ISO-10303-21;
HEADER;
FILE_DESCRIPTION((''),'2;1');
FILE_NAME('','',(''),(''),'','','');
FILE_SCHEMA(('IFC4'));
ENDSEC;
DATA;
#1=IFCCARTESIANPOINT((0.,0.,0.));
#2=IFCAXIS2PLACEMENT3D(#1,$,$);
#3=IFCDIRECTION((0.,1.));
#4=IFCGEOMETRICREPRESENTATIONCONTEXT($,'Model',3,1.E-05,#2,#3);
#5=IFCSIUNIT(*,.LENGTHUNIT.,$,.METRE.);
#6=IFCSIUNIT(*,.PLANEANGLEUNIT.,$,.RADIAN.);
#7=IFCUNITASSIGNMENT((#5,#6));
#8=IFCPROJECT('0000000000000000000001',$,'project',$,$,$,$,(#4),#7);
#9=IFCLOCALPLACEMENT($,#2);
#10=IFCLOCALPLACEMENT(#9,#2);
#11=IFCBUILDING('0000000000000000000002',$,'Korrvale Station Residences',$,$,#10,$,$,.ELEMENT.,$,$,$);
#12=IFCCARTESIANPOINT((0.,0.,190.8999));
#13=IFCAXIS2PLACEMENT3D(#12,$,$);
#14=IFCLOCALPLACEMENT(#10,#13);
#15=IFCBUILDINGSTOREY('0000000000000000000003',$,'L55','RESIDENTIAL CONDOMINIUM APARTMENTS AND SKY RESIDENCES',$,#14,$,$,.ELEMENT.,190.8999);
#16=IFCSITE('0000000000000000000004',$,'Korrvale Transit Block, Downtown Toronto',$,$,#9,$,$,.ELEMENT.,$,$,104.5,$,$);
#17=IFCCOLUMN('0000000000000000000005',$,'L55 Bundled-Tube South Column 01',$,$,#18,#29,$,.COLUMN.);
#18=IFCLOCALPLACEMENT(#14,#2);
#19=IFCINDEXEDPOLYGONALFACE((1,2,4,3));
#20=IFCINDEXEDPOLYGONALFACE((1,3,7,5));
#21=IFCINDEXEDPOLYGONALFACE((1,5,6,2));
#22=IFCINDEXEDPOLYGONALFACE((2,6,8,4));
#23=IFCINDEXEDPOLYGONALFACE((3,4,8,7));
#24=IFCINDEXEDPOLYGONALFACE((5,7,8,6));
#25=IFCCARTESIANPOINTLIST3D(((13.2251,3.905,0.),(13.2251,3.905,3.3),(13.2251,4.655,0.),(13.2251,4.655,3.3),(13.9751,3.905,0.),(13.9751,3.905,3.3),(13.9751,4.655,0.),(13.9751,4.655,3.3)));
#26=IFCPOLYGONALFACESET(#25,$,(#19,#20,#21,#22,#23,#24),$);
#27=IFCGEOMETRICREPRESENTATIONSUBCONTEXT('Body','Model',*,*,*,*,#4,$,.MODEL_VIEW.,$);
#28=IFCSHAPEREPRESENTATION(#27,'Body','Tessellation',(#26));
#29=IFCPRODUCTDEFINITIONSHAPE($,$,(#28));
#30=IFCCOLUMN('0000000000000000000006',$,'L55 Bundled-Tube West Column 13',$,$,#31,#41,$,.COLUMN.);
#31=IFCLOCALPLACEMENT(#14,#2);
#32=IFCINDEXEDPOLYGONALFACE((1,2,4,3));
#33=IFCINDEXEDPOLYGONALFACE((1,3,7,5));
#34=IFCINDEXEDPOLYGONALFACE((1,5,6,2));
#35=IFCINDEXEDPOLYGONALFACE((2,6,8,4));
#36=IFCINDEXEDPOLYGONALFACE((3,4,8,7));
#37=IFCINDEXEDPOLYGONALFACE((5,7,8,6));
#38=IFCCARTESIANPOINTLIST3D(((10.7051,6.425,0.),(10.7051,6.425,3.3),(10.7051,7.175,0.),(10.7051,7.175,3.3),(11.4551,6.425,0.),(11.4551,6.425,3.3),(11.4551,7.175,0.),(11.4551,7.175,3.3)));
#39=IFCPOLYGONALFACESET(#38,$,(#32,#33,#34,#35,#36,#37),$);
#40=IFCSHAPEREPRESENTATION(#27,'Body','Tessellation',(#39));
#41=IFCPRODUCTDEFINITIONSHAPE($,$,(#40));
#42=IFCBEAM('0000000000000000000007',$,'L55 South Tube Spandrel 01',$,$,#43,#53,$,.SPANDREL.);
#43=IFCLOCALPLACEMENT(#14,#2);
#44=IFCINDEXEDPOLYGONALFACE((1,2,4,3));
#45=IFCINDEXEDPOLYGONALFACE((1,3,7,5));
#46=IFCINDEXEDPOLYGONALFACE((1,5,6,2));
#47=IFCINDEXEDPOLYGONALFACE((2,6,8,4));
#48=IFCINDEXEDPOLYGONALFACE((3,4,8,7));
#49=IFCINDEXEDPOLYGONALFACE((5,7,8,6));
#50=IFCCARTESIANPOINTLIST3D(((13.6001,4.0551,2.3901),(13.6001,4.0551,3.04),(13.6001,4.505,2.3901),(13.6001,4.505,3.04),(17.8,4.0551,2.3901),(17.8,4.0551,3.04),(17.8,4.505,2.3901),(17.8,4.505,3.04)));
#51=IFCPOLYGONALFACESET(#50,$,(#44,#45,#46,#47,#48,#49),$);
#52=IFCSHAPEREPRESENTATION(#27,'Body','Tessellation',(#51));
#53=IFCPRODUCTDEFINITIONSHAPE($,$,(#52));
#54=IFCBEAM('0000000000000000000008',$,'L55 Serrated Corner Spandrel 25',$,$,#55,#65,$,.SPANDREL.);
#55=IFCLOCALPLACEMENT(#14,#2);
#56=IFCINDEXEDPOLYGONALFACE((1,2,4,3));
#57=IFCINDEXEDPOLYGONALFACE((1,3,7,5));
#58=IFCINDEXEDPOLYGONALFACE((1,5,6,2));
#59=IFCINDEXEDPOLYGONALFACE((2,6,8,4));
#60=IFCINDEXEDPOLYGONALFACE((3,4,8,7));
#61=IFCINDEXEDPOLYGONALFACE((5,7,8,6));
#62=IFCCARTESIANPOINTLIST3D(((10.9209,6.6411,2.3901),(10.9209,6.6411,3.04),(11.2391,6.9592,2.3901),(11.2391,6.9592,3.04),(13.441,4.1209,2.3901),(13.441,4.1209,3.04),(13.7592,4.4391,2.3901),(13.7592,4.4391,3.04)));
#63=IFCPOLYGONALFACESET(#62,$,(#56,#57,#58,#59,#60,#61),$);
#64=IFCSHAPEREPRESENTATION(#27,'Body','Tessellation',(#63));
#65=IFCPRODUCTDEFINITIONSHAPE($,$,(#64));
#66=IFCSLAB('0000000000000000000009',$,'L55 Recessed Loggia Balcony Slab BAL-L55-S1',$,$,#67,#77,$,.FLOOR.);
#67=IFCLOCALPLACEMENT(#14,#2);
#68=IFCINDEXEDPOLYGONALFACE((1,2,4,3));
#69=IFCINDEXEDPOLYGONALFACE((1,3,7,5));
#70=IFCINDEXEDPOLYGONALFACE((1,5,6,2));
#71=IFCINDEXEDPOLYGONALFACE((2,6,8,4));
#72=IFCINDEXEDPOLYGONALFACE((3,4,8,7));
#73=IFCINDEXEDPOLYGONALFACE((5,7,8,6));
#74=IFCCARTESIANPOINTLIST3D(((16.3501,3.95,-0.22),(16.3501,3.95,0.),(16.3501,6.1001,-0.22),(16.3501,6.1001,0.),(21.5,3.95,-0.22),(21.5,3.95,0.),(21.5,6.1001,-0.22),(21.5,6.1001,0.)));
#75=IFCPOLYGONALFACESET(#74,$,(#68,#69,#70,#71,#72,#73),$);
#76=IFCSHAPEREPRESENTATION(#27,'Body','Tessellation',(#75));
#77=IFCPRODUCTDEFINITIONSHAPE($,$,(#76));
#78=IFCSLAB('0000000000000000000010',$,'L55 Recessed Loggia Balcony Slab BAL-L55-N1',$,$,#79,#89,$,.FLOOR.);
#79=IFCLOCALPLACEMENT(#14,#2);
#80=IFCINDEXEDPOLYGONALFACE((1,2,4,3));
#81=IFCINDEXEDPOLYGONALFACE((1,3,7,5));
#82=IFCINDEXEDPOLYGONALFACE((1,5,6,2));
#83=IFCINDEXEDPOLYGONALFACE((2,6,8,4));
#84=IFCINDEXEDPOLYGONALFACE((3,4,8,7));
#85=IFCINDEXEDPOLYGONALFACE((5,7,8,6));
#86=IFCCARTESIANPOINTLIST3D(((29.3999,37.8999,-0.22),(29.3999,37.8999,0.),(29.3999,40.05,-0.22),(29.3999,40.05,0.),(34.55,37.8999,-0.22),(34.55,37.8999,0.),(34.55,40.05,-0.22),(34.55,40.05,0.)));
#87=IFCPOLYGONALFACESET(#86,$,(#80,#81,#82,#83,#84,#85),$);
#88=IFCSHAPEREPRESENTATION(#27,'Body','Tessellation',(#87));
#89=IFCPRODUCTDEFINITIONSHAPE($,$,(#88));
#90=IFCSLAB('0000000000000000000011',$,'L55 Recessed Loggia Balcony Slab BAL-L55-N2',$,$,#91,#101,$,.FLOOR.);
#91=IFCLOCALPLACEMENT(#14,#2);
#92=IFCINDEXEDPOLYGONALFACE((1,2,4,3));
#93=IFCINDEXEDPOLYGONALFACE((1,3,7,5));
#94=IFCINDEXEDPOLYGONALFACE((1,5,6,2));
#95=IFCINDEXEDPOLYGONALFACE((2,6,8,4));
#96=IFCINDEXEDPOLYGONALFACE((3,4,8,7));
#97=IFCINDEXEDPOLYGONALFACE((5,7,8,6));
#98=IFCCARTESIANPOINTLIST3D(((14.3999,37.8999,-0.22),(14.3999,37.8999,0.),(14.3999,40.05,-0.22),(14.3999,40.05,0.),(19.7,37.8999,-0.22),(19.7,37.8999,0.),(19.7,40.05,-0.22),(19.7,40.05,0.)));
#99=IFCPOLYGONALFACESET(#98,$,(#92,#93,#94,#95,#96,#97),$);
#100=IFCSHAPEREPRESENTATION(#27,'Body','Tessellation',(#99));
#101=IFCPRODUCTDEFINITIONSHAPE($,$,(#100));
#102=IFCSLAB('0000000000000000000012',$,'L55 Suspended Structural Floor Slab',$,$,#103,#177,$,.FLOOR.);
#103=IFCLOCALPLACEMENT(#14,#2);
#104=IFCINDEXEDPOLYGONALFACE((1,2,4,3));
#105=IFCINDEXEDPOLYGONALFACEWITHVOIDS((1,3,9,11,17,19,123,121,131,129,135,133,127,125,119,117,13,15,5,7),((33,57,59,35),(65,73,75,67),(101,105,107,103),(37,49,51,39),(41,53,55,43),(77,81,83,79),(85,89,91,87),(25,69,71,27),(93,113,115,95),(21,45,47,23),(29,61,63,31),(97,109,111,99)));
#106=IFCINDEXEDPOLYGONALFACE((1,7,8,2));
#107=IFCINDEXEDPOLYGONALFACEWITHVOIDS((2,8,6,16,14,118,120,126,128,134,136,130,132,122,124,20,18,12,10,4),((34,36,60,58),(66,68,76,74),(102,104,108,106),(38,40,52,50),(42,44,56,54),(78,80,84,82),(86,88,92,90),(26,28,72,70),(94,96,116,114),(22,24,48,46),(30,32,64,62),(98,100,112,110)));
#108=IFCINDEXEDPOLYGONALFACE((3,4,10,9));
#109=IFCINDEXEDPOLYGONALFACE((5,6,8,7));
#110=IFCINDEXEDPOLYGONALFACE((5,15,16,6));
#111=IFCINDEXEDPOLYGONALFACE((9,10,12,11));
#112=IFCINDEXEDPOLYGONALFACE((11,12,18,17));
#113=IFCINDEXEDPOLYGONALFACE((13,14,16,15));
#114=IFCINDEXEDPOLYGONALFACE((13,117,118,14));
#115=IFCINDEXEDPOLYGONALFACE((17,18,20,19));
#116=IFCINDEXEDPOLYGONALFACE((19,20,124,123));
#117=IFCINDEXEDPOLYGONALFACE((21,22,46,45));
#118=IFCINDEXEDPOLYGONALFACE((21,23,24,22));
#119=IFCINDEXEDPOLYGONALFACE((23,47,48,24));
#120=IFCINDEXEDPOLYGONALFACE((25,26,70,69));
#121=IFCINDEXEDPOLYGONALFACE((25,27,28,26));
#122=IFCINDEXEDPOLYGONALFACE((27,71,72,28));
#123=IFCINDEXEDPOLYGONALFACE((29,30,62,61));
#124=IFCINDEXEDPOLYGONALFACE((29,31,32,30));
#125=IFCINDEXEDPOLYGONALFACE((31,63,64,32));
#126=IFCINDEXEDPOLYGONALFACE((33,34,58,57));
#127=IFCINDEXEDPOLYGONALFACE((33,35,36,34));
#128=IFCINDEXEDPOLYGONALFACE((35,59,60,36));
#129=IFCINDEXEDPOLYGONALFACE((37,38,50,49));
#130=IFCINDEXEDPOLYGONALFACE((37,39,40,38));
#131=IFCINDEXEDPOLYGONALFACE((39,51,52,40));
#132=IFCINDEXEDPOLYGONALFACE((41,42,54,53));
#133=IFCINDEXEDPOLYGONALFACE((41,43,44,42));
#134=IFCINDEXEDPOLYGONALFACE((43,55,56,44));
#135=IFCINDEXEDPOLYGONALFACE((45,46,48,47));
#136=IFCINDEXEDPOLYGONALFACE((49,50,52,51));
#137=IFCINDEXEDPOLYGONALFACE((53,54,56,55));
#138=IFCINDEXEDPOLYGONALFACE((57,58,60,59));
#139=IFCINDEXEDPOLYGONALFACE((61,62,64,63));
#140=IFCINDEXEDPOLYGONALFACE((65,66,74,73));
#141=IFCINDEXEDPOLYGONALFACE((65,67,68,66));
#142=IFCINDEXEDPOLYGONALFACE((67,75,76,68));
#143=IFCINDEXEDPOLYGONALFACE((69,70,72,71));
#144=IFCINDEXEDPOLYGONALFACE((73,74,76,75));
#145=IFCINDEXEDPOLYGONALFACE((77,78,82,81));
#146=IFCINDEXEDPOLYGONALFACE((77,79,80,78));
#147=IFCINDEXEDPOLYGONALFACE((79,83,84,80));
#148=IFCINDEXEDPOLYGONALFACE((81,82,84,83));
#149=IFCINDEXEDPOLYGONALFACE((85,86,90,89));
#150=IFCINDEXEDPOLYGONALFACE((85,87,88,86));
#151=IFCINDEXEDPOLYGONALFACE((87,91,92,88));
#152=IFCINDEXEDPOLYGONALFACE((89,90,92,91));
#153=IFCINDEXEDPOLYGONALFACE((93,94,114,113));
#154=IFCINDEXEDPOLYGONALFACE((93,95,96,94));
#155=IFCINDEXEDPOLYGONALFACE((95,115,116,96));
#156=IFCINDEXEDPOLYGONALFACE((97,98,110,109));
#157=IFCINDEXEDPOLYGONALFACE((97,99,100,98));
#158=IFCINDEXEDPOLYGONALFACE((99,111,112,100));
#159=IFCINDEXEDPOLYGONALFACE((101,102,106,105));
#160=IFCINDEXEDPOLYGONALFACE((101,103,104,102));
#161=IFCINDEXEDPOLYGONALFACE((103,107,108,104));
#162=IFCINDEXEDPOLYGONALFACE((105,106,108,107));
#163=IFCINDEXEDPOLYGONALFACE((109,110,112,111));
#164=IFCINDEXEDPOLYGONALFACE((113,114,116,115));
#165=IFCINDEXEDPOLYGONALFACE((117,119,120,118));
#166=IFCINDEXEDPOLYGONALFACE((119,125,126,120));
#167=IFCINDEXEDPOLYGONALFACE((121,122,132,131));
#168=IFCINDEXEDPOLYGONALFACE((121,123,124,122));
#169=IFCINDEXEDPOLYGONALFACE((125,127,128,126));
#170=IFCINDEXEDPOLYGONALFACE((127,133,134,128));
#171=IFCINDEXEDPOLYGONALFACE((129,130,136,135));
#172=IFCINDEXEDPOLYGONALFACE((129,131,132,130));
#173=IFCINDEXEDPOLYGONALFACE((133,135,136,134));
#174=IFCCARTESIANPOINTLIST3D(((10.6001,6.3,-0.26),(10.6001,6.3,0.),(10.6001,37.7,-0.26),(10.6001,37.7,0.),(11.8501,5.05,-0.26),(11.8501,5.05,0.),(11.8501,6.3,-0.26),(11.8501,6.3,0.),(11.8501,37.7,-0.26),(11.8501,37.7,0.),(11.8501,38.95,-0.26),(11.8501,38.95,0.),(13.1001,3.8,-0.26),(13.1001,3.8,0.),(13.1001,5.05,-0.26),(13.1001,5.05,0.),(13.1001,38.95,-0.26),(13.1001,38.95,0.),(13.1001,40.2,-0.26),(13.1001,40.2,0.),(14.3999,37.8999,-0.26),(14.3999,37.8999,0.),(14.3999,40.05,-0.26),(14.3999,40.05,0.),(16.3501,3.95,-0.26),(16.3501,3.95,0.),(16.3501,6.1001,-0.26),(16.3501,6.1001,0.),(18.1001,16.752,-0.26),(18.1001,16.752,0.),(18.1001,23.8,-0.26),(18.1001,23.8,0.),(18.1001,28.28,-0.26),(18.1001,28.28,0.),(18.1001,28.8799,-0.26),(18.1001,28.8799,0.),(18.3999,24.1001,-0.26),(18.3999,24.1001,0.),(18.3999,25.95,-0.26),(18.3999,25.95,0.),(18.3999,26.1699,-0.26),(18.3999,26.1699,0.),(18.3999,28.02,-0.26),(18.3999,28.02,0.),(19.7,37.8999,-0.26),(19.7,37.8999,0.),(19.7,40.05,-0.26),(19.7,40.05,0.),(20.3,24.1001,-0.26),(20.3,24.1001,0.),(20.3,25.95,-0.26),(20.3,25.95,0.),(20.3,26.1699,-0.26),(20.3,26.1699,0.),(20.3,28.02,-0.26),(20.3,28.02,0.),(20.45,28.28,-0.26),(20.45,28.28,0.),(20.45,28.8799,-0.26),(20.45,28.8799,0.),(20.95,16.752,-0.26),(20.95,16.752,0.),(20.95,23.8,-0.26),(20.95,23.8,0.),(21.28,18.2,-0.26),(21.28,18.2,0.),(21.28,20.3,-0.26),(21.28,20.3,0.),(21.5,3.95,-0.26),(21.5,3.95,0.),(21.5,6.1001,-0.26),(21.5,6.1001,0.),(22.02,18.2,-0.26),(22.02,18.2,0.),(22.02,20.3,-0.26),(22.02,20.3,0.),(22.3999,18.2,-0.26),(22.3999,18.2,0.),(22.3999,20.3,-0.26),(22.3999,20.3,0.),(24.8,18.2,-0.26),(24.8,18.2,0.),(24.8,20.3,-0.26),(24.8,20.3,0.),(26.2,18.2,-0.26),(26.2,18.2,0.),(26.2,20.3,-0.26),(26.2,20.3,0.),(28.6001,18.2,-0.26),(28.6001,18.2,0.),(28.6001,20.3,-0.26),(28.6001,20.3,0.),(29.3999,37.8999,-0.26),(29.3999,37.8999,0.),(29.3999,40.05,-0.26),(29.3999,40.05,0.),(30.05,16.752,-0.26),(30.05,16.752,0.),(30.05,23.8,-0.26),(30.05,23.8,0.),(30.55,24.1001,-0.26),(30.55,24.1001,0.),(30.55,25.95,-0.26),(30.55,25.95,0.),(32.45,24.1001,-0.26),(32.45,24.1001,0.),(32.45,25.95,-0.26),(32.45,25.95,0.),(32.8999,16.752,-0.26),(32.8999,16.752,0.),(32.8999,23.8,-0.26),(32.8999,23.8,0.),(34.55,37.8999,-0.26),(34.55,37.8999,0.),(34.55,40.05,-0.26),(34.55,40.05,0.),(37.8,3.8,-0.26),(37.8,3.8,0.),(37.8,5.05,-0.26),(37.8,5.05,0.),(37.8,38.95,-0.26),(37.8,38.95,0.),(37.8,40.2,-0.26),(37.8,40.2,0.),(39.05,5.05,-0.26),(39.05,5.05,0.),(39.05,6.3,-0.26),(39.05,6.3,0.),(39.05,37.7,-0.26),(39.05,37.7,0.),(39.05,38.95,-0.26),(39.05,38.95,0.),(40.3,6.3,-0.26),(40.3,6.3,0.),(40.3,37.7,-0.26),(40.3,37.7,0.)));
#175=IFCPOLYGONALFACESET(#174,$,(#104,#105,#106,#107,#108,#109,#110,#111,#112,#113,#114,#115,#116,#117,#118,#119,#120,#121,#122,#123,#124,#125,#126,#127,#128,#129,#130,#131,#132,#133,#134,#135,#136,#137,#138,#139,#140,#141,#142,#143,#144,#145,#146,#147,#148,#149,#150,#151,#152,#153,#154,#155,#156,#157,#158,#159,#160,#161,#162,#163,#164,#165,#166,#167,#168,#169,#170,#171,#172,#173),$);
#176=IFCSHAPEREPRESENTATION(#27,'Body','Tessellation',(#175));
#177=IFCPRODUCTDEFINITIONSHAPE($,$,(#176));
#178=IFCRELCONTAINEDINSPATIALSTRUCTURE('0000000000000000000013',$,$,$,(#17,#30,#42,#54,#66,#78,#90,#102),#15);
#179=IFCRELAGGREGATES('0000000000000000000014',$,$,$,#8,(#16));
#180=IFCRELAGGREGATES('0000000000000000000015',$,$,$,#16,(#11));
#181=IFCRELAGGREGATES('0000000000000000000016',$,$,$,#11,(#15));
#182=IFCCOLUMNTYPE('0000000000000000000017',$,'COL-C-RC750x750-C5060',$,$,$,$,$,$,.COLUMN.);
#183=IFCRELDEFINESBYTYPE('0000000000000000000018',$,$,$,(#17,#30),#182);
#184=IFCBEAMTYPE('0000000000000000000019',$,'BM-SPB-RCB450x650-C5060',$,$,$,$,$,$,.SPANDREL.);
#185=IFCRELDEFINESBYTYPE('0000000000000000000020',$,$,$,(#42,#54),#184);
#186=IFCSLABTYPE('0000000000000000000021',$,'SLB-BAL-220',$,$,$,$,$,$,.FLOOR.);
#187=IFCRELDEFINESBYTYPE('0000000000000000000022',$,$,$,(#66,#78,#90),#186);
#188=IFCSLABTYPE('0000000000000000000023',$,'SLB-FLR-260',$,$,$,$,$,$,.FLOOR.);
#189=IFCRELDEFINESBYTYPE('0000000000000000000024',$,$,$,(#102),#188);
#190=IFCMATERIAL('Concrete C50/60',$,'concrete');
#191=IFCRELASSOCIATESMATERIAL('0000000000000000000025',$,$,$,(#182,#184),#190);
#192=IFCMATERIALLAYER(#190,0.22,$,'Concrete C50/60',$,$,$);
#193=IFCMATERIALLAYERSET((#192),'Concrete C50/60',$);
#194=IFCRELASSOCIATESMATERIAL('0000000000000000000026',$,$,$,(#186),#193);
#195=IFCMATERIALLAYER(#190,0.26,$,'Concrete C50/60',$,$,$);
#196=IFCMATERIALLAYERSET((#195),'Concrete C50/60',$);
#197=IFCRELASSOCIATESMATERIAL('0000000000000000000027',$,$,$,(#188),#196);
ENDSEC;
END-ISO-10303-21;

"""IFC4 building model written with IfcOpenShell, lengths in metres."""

from ifc_helpers import new_model, si_unit, direction, frame, origin, origin_2d, place, context, subcontext, project, spatial, polyline, rectangle, outline, extrude, material, layer, layer_set, material_profile, profile_set, type_object, element, save


model = new_model("IFC4")

# Units and contexts
model_context = context("Model", 3, precision=1e-05, world=origin(), true_north=direction((0.0, 1.0)))
body_context = subcontext(model_context, "Body", "Model", "MODEL_VIEW")
ifc_project = project(units=[si_unit("LENGTHUNIT", "METRE"), si_unit("PLANEANGLEUNIT", "RADIAN")], contexts=[model_context])

# Site, building, storey
site_placement = place(None, origin())
site = spatial("IfcSite", under=ifc_project, at=site_placement, Name="Korrvale Transit Block, Downtown Toronto", CompositionType="ELEMENT", RefElevation=104.5)
building_placement = place(site_placement, origin())
building = spatial("IfcBuilding", under=site, at=building_placement, Name="Korrvale Station Residences", CompositionType="ELEMENT")
storey_placement = place(building_placement, frame((0.0, 0.0, 190.8999)))
storey = spatial("IfcBuildingStorey", under=building, at=storey_placement, Name="L55", Description="RESIDENTIAL CONDOMINIUM APARTMENTS AND SKY RESIDENCES", CompositionType="ELEMENT", Elevation=190.8999)

# Columns
ifc_material_1 = material(Name="Concrete C50/60", Category="concrete")
ifc_material_profile_1 = material_profile(ifc_material_1, rectangle(XDim=0.75, YDim=0.75, at=origin_2d()), Name="RC750x750")
ifc_profile_set_1 = profile_set([ifc_material_profile_1], Name="Concrete C50/60")
column_type = type_object("IfcColumnType", Name="COL-C-RC750x750-C5060", PredefinedType="COLUMN", material=ifc_profile_set_1)
for number, where, z_axis, x_axis, name in (
    (1, (13.6001, 4.28, 0.0), (0.0, 0.0, 1.0), (1.0, 0.0, 0.0), "L55 Bundled-Tube South Column 01"),
    (2, (11.0801, 6.8, 0.0), (0.0, 0.0, 1.0), (1.0, 0.0, 0.0), "L55 Bundled-Tube West Column 13"),
):
    element("IfcColumn", number, at=place(storey_placement, frame(where, z_axis=z_axis, x_axis=x_axis)), inside=storey, type_object=column_type, Name=name, PredefinedType="COLUMN", context=body_context, shape_type="SweptSolid", body=[
        extrude(rectangle(XDim=0.75, YDim=0.75, at=origin_2d()), origin(), (0.0, 0.0, 1.0), 3.3),
    ])

# Beams
ifc_material_profile_2 = material_profile(ifc_material_1, rectangle(XDim=0.45, YDim=0.6499, at=origin_2d()), Name="RCB450x650")
ifc_profile_set_2 = profile_set([ifc_material_profile_2], Name="Concrete C50/60")
beam_type = type_object("IfcBeamType", Name="BM-SPB-RCB450x650-C5060", PredefinedType="SPANDREL", material=ifc_profile_set_2)
beam_1_placement = place(storey_placement, frame((13.6001, 4.28, 2.7151), z_axis=(1.0, 0.0, 0.0), x_axis=(0.0, 1.0, 0.0)))
element("IfcBeam", 3, at=beam_1_placement, inside=storey, type_object=beam_type, Name="L55 South Tube Spandrel 01", PredefinedType="SPANDREL", context=body_context, shape_type="SweptSolid", body=[
    extrude(rectangle(XDim=0.45, YDim=0.6499, at=origin_2d()), origin(), (0.0, 0.0, 1.0), 4.2),
])
beam_2_placement = place(storey_placement, frame((13.6001, 4.28, 2.7151), z_axis=(-0.707107, 0.707107, 0.0), x_axis=(-0.707107, -0.707107, 0.0)))
element("IfcBeam", 4, at=beam_2_placement, inside=storey, type_object=beam_type, Name="L55 Serrated Corner Spandrel 25", PredefinedType="SPANDREL", context=body_context, shape_type="SweptSolid", body=[
    extrude(rectangle(XDim=0.45, YDim=0.6499, at=origin_2d()), origin(), (0.0, 0.0, 1.0), 3.564),
])

# Slabs
ifc_layer_1 = layer(ifc_material_1, 0.22, Name="Concrete C50/60")
ifc_layer_set_1 = layer_set([ifc_layer_1], Name="Concrete C50/60")
slab_type_1 = type_object("IfcSlabType", Name="SLB-BAL-220", PredefinedType="FLOOR", material=ifc_layer_set_1)
slab_1_placement = place(storey_placement, frame((0.0, 0.0, -0.22)))
element("IfcSlab", 5, at=slab_1_placement, inside=storey, type_object=slab_type_1, Name="L55 Recessed Loggia Balcony Slab BAL-L55-S1", PredefinedType="FLOOR", context=body_context, shape_type="SweptSolid", body=[
    extrude(outline(polyline([(16.3501, 3.95), (21.5, 3.95), (21.5, 6.1001), (16.3501, 6.1001), (16.3501, 3.95)])), origin(), (0.0, 0.0, 1.0), 0.22),
])
slab_2_placement = place(storey_placement, frame((0.0, 0.0, -0.22)))
element("IfcSlab", 6, at=slab_2_placement, inside=storey, type_object=slab_type_1, Name="L55 Recessed Loggia Balcony Slab BAL-L55-N1", PredefinedType="FLOOR", context=body_context, shape_type="SweptSolid", body=[
    extrude(outline(polyline([(29.3999, 37.8999), (34.55, 37.8999), (34.55, 40.05), (29.3999, 40.05), (29.3999, 37.8999)])), origin(), (0.0, 0.0, 1.0), 0.22),
])
slab_3_placement = place(storey_placement, frame((0.0, 0.0, -0.22)))
element("IfcSlab", 7, at=slab_3_placement, inside=storey, type_object=slab_type_1, Name="L55 Recessed Loggia Balcony Slab BAL-L55-N2", PredefinedType="FLOOR", context=body_context, shape_type="SweptSolid", body=[
    extrude(outline(polyline([(14.3999, 37.8999), (19.7, 37.8999), (19.7, 40.05), (14.3999, 40.05), (14.3999, 37.8999)])), origin(), (0.0, 0.0, 1.0), 0.22),
])
ifc_layer_2 = layer(ifc_material_1, 0.26, Name="Concrete C50/60")
ifc_layer_set_2 = layer_set([ifc_layer_2], Name="Concrete C50/60")
slab_type_2 = type_object("IfcSlabType", Name="SLB-FLR-260", PredefinedType="FLOOR", material=ifc_layer_set_2)
slab_4_placement = place(storey_placement, frame((0.0, 0.0, -0.26)))
element("IfcSlab", 8, at=slab_4_placement, inside=storey, type_object=slab_type_2, Name="L55 Suspended Structural Floor Slab", PredefinedType="FLOOR", context=body_context, shape_type="SweptSolid", body=[
    extrude(outline(polyline([(13.1001, 3.8), (37.8, 3.8), (37.8, 5.05), (39.05, 5.05), (39.05, 6.3), (40.3, 6.3), (40.3, 37.7), (39.05, 37.7), (39.05, 38.95), (37.8, 38.95), (37.8, 40.2), (13.1001, 40.2), (13.1001, 38.95), (11.8501, 38.95), (11.8501, 37.7), (10.6001, 37.7), (10.6001, 6.3), (11.8501, 6.3), (11.8501, 5.05), (13.1001, 5.05), (13.1001, 3.8)]), holes=[polyline([(20.95, 16.752), (20.95, 23.8), (18.1001, 23.8), (18.1001, 16.752), (20.95, 16.752)]), polyline([(32.8999, 16.752), (32.8999, 23.8), (30.05, 23.8), (30.05, 16.752), (32.8999, 16.752)]), polyline([(18.3999, 24.1001), (20.3, 24.1001), (20.3, 25.95), (18.3999, 25.95), (18.3999, 24.1001)]), polyline([(18.3999, 26.1699), (20.3, 26.1699), (20.3, 28.02), (18.3999, 28.02), (18.3999, 26.1699)]), polyline([(30.55, 24.1001), (32.45, 24.1001), (32.45, 25.95), (30.55, 25.95), (30.55, 24.1001)]), polyline([(22.3999, 18.2), (24.8, 18.2), (24.8, 20.3), (22.3999, 20.3), (22.3999, 18.2)]), polyline([(26.2, 18.2), (28.6001, 18.2), (28.6001, 20.3), (26.2, 20.3), (26.2, 18.2)]), polyline([(18.1001, 28.28), (20.45, 28.28), (20.45, 28.8799), (18.1001, 28.8799), (18.1001, 28.28)]), polyline([(21.28, 18.2), (22.02, 18.2), (22.02, 20.3), (21.28, 20.3), (21.28, 18.2)]), polyline([(16.3501, 3.95), (21.5, 3.95), (21.5, 6.1001), (16.3501, 6.1001), (16.3501, 3.95)]), polyline([(29.3999, 37.8999), (34.55, 37.8999), (34.55, 40.05), (29.3999, 40.05), (29.3999, 37.8999)]), polyline([(14.3999, 37.8999), (19.7, 37.8999), (19.7, 40.05), (14.3999, 40.05), (14.3999, 37.8999)])]), origin(), (0.0, 0.0, 1.0), 0.26),
])

save(model, "model.ifc")
